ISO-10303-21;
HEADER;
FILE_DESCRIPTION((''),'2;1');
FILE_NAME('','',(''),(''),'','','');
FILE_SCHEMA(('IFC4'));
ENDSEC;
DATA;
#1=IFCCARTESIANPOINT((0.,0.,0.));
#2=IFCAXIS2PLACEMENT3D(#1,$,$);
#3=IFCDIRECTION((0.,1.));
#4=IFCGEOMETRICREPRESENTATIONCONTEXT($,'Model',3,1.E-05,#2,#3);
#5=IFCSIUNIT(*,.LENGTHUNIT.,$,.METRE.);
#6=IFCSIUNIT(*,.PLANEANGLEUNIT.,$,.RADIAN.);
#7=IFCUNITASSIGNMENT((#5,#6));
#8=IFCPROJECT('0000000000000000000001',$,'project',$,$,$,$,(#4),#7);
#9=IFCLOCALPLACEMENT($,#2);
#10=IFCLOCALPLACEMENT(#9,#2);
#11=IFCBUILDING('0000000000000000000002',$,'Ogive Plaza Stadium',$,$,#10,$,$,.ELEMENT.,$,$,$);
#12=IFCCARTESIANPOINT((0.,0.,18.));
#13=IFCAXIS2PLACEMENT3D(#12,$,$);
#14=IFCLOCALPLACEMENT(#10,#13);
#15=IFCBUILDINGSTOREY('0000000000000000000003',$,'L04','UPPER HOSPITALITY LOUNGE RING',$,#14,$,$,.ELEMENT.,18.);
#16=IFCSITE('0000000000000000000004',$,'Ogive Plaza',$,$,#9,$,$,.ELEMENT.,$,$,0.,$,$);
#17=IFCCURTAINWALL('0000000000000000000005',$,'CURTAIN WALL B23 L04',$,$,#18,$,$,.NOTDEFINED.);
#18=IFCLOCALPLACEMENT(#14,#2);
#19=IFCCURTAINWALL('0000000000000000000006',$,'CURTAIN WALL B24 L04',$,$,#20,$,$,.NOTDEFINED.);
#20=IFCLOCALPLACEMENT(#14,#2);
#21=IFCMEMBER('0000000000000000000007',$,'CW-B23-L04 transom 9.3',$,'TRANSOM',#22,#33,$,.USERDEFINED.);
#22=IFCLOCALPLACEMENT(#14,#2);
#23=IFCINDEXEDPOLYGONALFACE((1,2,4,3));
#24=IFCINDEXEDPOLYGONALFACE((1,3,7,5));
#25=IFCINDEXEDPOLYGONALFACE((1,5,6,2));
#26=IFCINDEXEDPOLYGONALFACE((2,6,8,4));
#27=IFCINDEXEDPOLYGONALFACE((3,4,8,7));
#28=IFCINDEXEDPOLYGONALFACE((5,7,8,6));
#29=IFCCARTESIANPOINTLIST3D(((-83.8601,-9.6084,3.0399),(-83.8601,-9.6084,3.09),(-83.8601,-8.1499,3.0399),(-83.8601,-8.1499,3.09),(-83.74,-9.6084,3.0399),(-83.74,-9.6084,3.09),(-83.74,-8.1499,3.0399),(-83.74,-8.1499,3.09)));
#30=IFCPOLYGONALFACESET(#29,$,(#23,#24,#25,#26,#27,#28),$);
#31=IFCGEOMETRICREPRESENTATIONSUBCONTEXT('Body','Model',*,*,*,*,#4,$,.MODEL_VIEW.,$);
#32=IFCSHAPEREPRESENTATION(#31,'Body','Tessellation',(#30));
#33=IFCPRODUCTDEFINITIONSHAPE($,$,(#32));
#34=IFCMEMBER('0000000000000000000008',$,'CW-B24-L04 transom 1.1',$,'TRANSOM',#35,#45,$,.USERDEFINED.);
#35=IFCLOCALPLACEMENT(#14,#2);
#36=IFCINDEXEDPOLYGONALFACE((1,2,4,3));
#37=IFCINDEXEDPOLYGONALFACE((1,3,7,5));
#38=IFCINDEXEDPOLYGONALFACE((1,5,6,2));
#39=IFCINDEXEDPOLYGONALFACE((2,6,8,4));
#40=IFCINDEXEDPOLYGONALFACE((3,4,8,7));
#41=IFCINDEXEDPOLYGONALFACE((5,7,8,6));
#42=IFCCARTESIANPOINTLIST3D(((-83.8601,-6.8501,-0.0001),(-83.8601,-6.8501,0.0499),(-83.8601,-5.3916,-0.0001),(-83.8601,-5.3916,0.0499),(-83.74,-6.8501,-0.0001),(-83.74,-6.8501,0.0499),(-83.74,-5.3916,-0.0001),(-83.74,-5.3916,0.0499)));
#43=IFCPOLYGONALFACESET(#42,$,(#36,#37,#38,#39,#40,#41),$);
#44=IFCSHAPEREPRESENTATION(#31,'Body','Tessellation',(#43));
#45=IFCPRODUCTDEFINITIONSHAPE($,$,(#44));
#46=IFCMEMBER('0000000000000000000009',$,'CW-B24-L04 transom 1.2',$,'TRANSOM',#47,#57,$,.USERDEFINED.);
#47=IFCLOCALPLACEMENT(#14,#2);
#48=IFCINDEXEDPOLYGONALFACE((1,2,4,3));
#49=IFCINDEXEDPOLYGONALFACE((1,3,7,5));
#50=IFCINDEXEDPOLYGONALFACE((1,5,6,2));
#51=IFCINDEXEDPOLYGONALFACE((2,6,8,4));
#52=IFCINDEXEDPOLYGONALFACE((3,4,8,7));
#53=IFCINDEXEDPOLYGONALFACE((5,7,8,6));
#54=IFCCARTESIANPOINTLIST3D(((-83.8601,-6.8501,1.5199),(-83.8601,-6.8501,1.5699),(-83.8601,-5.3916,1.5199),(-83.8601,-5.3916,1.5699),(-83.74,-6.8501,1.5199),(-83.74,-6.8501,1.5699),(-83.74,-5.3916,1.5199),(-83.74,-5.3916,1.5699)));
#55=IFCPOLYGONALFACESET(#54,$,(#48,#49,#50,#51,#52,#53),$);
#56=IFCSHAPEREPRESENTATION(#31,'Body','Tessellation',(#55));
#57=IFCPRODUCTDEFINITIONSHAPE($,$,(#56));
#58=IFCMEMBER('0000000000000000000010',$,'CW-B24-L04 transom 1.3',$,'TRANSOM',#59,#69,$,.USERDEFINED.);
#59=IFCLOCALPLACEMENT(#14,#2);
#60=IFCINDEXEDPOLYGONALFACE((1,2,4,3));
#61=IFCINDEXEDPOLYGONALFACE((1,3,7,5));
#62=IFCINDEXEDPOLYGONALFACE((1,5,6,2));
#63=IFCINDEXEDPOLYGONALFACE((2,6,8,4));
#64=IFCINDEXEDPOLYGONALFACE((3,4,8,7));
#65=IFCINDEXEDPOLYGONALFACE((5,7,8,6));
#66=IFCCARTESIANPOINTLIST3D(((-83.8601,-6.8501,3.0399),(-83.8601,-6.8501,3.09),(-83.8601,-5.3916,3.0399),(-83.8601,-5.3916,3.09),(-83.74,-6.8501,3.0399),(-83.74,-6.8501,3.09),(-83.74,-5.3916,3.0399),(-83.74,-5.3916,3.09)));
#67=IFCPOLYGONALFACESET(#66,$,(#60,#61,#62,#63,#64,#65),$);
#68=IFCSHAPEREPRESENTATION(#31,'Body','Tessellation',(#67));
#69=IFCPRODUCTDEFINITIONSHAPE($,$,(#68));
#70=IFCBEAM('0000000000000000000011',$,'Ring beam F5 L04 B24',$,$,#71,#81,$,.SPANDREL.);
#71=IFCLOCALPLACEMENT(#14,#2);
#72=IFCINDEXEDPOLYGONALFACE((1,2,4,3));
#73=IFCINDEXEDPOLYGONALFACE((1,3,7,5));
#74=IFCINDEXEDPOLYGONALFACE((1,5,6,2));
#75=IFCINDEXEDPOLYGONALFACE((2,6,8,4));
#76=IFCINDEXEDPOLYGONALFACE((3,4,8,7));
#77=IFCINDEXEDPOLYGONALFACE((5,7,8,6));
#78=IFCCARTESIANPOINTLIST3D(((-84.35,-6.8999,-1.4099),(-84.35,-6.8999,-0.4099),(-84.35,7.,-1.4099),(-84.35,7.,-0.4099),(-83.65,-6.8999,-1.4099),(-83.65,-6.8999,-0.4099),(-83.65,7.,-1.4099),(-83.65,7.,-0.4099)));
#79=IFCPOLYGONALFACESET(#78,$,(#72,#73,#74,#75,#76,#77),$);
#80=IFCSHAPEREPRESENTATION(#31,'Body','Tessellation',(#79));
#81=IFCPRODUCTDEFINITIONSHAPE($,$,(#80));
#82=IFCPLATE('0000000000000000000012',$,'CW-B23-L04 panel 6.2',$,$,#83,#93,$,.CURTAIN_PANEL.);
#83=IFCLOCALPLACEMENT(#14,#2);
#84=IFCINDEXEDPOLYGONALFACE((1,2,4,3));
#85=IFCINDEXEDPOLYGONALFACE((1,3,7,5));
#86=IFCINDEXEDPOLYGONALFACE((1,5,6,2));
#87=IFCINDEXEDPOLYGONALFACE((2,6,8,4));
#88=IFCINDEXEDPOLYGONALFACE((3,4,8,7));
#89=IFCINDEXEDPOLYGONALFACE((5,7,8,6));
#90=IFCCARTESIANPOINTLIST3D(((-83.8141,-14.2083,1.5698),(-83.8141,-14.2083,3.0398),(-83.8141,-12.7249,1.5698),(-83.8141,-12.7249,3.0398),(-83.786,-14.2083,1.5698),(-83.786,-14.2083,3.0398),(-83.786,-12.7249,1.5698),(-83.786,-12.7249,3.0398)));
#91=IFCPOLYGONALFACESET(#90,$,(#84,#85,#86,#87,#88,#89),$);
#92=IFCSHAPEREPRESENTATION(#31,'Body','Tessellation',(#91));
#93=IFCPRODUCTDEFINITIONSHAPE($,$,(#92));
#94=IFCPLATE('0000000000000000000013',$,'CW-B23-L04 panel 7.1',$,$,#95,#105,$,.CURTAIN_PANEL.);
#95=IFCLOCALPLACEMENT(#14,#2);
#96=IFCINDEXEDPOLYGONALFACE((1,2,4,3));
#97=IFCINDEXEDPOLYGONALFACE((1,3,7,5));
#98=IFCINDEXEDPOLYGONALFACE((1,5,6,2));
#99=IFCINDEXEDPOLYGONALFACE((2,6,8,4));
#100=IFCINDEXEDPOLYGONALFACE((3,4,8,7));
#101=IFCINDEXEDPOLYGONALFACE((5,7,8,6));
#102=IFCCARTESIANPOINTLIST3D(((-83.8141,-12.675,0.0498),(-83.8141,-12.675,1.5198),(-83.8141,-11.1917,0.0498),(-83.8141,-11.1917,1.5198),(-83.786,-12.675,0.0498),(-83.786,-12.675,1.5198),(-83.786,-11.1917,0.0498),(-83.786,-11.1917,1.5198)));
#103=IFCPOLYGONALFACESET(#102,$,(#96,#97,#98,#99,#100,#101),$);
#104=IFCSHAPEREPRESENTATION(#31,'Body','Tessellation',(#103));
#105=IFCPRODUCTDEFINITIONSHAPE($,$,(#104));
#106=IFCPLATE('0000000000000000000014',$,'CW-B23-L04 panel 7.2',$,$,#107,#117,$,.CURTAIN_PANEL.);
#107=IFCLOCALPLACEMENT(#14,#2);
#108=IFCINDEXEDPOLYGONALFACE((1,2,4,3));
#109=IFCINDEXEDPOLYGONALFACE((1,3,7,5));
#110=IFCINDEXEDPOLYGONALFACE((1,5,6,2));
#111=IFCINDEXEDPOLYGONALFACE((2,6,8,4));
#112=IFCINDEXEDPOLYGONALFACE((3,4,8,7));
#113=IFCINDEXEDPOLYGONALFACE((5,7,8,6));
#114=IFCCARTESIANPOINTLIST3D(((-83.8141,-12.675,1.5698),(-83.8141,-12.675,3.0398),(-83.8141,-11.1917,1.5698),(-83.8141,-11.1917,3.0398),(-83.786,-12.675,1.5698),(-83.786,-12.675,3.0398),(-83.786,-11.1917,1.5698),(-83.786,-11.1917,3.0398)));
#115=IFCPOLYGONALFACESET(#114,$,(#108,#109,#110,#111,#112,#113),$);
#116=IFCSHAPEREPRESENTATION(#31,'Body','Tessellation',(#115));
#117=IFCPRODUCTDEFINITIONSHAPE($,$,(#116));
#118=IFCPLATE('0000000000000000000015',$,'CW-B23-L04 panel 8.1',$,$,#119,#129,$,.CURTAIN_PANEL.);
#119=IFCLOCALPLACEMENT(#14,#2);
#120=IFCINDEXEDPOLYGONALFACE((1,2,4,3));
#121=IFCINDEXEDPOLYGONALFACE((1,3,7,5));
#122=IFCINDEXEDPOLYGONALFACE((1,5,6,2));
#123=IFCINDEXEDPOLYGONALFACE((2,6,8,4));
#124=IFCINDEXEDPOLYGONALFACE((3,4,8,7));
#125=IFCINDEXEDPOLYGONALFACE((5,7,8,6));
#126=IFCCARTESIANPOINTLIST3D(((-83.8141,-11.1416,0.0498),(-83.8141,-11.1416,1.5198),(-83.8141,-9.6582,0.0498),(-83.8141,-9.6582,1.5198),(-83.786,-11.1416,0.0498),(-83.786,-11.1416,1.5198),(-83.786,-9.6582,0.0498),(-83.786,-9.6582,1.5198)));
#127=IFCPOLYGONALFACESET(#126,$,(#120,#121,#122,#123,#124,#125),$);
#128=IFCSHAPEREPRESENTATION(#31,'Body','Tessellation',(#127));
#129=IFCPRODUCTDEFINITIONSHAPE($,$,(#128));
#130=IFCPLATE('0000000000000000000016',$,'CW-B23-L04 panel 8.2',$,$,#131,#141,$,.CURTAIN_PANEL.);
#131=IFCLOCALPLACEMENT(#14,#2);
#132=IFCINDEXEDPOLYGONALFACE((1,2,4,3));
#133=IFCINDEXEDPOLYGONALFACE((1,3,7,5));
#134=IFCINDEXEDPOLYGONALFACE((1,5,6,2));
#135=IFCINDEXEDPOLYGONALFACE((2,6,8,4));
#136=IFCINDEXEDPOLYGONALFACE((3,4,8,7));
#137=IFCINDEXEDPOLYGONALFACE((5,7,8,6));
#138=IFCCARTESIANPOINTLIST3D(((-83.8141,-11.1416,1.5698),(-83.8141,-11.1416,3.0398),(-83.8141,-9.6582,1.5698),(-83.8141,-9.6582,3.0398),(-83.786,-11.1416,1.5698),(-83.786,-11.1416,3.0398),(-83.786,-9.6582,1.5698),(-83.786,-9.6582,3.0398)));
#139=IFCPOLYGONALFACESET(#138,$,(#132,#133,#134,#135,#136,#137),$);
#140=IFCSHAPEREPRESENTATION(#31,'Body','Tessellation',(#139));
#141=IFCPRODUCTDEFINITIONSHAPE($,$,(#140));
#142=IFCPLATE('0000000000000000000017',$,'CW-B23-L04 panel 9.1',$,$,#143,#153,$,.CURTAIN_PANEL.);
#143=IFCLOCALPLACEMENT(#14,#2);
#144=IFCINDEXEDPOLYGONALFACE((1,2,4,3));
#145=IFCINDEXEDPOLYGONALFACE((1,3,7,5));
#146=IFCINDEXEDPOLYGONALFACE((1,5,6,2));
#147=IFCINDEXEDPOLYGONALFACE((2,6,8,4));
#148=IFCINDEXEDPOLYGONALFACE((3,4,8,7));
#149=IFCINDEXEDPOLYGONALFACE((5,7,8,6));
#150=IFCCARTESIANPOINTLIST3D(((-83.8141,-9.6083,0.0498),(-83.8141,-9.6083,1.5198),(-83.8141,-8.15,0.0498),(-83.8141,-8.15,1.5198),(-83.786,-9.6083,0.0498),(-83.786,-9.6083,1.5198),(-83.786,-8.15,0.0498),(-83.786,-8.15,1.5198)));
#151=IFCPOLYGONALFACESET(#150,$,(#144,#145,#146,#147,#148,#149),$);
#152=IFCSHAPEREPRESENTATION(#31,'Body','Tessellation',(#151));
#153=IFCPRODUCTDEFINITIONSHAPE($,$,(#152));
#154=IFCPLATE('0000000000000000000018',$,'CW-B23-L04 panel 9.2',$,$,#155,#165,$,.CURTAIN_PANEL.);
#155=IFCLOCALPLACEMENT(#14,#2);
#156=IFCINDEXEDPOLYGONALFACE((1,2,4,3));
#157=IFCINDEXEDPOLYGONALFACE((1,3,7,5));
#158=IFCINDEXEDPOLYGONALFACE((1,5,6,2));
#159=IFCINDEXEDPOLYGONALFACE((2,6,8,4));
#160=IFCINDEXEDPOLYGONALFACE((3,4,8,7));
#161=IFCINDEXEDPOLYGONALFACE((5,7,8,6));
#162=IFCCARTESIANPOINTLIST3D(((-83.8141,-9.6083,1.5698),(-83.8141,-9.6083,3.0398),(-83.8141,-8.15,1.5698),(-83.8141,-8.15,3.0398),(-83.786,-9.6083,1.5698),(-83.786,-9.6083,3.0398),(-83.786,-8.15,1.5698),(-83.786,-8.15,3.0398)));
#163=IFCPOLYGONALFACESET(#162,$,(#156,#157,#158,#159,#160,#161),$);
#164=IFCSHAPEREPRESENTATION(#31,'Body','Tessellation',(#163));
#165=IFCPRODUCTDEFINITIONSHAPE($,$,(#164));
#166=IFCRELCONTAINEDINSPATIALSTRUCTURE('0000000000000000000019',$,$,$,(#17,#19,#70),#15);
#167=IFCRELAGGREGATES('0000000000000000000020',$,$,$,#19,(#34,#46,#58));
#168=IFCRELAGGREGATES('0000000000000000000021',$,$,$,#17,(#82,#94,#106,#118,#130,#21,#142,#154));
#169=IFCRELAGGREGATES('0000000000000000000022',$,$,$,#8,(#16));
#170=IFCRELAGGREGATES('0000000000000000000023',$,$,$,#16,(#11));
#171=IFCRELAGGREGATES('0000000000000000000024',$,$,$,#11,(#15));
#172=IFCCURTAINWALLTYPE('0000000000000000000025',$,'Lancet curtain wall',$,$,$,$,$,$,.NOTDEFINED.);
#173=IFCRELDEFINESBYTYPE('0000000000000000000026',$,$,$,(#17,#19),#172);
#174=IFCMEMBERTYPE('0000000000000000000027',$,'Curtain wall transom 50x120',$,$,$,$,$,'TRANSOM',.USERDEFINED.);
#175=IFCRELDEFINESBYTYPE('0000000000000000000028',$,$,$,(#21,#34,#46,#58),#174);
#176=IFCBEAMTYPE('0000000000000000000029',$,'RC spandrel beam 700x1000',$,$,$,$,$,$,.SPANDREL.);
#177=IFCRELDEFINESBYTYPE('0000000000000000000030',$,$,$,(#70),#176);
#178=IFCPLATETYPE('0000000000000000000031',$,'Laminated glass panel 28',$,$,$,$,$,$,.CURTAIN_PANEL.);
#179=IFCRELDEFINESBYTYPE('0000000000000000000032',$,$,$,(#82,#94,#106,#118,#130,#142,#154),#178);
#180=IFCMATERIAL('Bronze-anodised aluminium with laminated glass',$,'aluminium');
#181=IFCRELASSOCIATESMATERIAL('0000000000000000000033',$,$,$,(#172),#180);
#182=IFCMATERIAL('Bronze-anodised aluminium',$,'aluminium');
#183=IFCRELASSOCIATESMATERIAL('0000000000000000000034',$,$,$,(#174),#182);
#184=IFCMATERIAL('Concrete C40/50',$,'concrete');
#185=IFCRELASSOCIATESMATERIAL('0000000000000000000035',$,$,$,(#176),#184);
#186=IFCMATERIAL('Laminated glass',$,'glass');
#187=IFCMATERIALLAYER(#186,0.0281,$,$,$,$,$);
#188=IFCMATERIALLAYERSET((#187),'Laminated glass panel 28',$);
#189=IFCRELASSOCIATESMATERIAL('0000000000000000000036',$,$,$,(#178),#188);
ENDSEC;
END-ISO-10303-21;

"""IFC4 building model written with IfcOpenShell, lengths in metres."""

from ifc_helpers import new_model, si_unit, direction, frame, origin, origin_2d, place, context, subcontext, project, spatial, rectangle, extrude, material, layer, layer_set, material_profile, profile_set, type_object, element, aggregate, save


model = new_model("IFC4")

# Units and contexts
model_context = context("Model", 3, precision=1e-05, world=origin(), true_north=direction((0.0, 1.0)))
body_context = subcontext(model_context, "Body", "Model", "MODEL_VIEW")
ifc_project = project(units=[si_unit("LENGTHUNIT", "METRE"), si_unit("PLANEANGLEUNIT", "RADIAN")], contexts=[model_context])

# Site, building, storey
site_placement = place(None, origin())
site = spatial("IfcSite", under=ifc_project, at=site_placement, Name="Ogive Plaza", CompositionType="ELEMENT", RefElevation=0.0)
building_placement = place(site_placement, origin())
building = spatial("IfcBuilding", under=site, at=building_placement, Name="Ogive Plaza Stadium", CompositionType="ELEMENT")
storey_placement = place(building_placement, frame((0.0, 0.0, 18.0)))
storey = spatial("IfcBuildingStorey", under=building, at=storey_placement, Name="L04", Description="UPPER HOSPITALITY LOUNGE RING", CompositionType="ELEMENT", Elevation=18.0)

# Curtain wall
ifc_material_1 = material(Name="Bronze-anodised aluminium with laminated glass", Category="aluminium")
curtain_wall_type = type_object("IfcCurtainWallType", Name="Lancet curtain wall", PredefinedType="NOTDEFINED", material=ifc_material_1)
curtain_wall_1_placement = place(storey_placement, origin())
curtain_wall_1 = element("IfcCurtainWall", 1, at=curtain_wall_1_placement, inside=storey, type_object=curtain_wall_type, Name="CURTAIN WALL B23 L04", PredefinedType="NOTDEFINED")

# Curtain wall
curtain_wall_2_placement = place(storey_placement, origin())
curtain_wall_2 = element("IfcCurtainWall", 2, at=curtain_wall_2_placement, inside=storey, type_object=curtain_wall_type, Name="CURTAIN WALL B24 L04", PredefinedType="NOTDEFINED")

# Members
ifc_material_2 = material(Name="Bronze-anodised aluminium", Category="aluminium")
ifc_material_profile_1 = material_profile(ifc_material_2, rectangle(XDim=0.1201, YDim=0.05, at=origin_2d()), Name="AL 120x50")
ifc_profile_set_1 = profile_set([ifc_material_profile_1], Name="Bronze-anodised aluminium")
member_type_1 = type_object("IfcMemberType", Name="Curtain wall transom 50x120", ElementType="TRANSOM", PredefinedType="USERDEFINED", material=ifc_profile_set_1)
member_1_placement = place(storey_placement, frame((-83.8, -9.6084, 3.0649), z_axis=(0.0, 1.0, 0.0), x_axis=(-1.0, 0.0, 0.0)))
member_1 = element("IfcMember", 3, at=member_1_placement, type_object=member_type_1, Name="CW-B23-L04 transom 9.3", ObjectType="TRANSOM", PredefinedType="USERDEFINED", context=body_context, shape_type="SweptSolid", body=[
    extrude(rectangle(XDim=0.1201, YDim=0.05, at=origin_2d()), origin(), (0.0, 0.0, 1.0), 1.4585),
])
member_2_placement = place(storey_placement, frame((-83.8, -6.8501, 0.0249), z_axis=(0.0, 1.0, 0.0), x_axis=(-1.0, 0.0, 0.0)))
member_2 = element("IfcMember", 4, at=member_2_placement, type_object=member_type_1, Name="CW-B24-L04 transom 1.1", ObjectType="TRANSOM", PredefinedType="USERDEFINED", context=body_context, shape_type="SweptSolid", body=[
    extrude(rectangle(XDim=0.1201, YDim=0.05, at=origin_2d()), origin(), (0.0, 0.0, 1.0), 1.4585),
])
member_3_placement = place(storey_placement, frame((-83.8, -6.8501, 1.5449), z_axis=(0.0, 1.0, 0.0), x_axis=(-1.0, 0.0, 0.0)))
member_3 = element("IfcMember", 5, at=member_3_placement, type_object=member_type_1, Name="CW-B24-L04 transom 1.2", ObjectType="TRANSOM", PredefinedType="USERDEFINED", context=body_context, shape_type="SweptSolid", body=[
    extrude(rectangle(XDim=0.1201, YDim=0.05, at=origin_2d()), origin(), (0.0, 0.0, 1.0), 1.4585),
])
member_4_placement = place(storey_placement, frame((-83.8, -6.8501, 3.0649), z_axis=(0.0, 1.0, 0.0), x_axis=(-1.0, 0.0, 0.0)))
member_4 = element("IfcMember", 6, at=member_4_placement, type_object=member_type_1, Name="CW-B24-L04 transom 1.3", ObjectType="TRANSOM", PredefinedType="USERDEFINED", context=body_context, shape_type="SweptSolid", body=[
    extrude(rectangle(XDim=0.1201, YDim=0.05, at=origin_2d()), origin(), (0.0, 0.0, 1.0), 1.4585),
])
aggregate(curtain_wall_2, [member_2, member_3, member_4])

# Beam
ifc_material_3 = material(Name="Concrete C40/50", Category="concrete")
ifc_material_profile_2 = material_profile(ifc_material_3, rectangle(XDim=0.7, YDim=1.0, at=origin_2d()), Name="RC 700x1000")
ifc_profile_set_2 = profile_set([ifc_material_profile_2], Name="Concrete C40/50")
beam_type = type_object("IfcBeamType", Name="RC spandrel beam 700x1000", PredefinedType="SPANDREL", material=ifc_profile_set_2)
beam_placement = place(storey_placement, frame((-84.0, -6.8999, -0.9099), z_axis=(0.0, 1.0, 0.0), x_axis=(-1.0, 0.0, 0.0)))
element("IfcBeam", 7, at=beam_placement, inside=storey, type_object=beam_type, Name="Ring beam F5 L04 B24", PredefinedType="SPANDREL", context=body_context, shape_type="SweptSolid", body=[
    extrude(rectangle(XDim=0.7, YDim=1.0, at=origin_2d()), origin(), (0.0, 0.0, 1.0), 13.8999),
])

# Plates
ifc_material_4 = material(Name="Laminated glass", Category="glass")
ifc_layer = layer(ifc_material_4, 0.0281)
ifc_layer_set = layer_set([ifc_layer], Name="Laminated glass panel 28")
plate_type = type_object("IfcPlateType", Name="Laminated glass panel 28", PredefinedType="CURTAIN_PANEL", material=ifc_layer_set)
plate_1_placement = place(storey_placement, frame((-83.8, -13.4666, 1.5698), z_axis=(0.0, 0.0, 1.0), x_axis=(0.0, 1.0, 0.0)))
plate_1 = element("IfcPlate", 8, at=plate_1_placement, type_object=plate_type, Name="CW-B23-L04 panel 6.2", PredefinedType="CURTAIN_PANEL", context=body_context, shape_type="SweptSolid", body=[
    extrude(rectangle(XDim=1.4834, YDim=0.0281, at=origin_2d()), origin(), (0.0, 0.0, 1.0), 1.47),
])
plate_2_placement = place(storey_placement, frame((-83.8, -11.9333, 0.0498), z_axis=(0.0, 0.0, 1.0), x_axis=(0.0, 1.0, 0.0)))
plate_2 = element("IfcPlate", 9, at=plate_2_placement, type_object=plate_type, Name="CW-B23-L04 panel 7.1", PredefinedType="CURTAIN_PANEL", context=body_context, shape_type="SweptSolid", body=[
    extrude(rectangle(XDim=1.4834, YDim=0.0281, at=origin_2d()), origin(), (0.0, 0.0, 1.0), 1.47),
])
plate_3_placement = place(storey_placement, frame((-83.8, -11.9333, 1.5698), z_axis=(0.0, 0.0, 1.0), x_axis=(0.0, 1.0, 0.0)))
plate_3 = element("IfcPlate", 10, at=plate_3_placement, type_object=plate_type, Name="CW-B23-L04 panel 7.2", PredefinedType="CURTAIN_PANEL", context=body_context, shape_type="SweptSolid", body=[
    extrude(rectangle(XDim=1.4834, YDim=0.0281, at=origin_2d()), origin(), (0.0, 0.0, 1.0), 1.47),
])
plate_4_placement = place(storey_placement, frame((-83.8, -10.3999, 0.0498), z_axis=(0.0, 0.0, 1.0), x_axis=(0.0, 1.0, 0.0)))
plate_4 = element("IfcPlate", 11, at=plate_4_placement, type_object=plate_type, Name="CW-B23-L04 panel 8.1", PredefinedType="CURTAIN_PANEL", context=body_context, shape_type="SweptSolid", body=[
    extrude(rectangle(XDim=1.4834, YDim=0.0281, at=origin_2d()), origin(), (0.0, 0.0, 1.0), 1.47),
])
plate_5_placement = place(storey_placement, frame((-83.8, -10.3999, 1.5698), z_axis=(0.0, 0.0, 1.0), x_axis=(0.0, 1.0, 0.0)))
plate_5 = element("IfcPlate", 12, at=plate_5_placement, type_object=plate_type, Name="CW-B23-L04 panel 8.2", PredefinedType="CURTAIN_PANEL", context=body_context, shape_type="SweptSolid", body=[
    extrude(rectangle(XDim=1.4834, YDim=0.0281, at=origin_2d()), origin(), (0.0, 0.0, 1.0), 1.47),
])
plate_6_placement = place(storey_placement, frame((-83.8, -8.8792, 0.0498), z_axis=(0.0, 0.0, 1.0), x_axis=(0.0, 1.0, 0.0)))
plate_6 = element("IfcPlate", 13, at=plate_6_placement, type_object=plate_type, Name="CW-B23-L04 panel 9.1", PredefinedType="CURTAIN_PANEL", context=body_context, shape_type="SweptSolid", body=[
    extrude(rectangle(XDim=1.4583, YDim=0.0281, at=origin_2d()), origin(), (0.0, 0.0, 1.0), 1.47),
])
plate_7_placement = place(storey_placement, frame((-83.8, -8.8792, 1.5698), z_axis=(0.0, 0.0, 1.0), x_axis=(0.0, 1.0, 0.0)))
plate_7 = element("IfcPlate", 14, at=plate_7_placement, type_object=plate_type, Name="CW-B23-L04 panel 9.2", PredefinedType="CURTAIN_PANEL", context=body_context, shape_type="SweptSolid", body=[
    extrude(rectangle(XDim=1.4583, YDim=0.0281, at=origin_2d()), origin(), (0.0, 0.0, 1.0), 1.47),
])
aggregate(curtain_wall_1, [plate_1, plate_2, plate_3, plate_4, plate_5, member_1, plate_6, plate_7])

save(model, "model.ifc")
